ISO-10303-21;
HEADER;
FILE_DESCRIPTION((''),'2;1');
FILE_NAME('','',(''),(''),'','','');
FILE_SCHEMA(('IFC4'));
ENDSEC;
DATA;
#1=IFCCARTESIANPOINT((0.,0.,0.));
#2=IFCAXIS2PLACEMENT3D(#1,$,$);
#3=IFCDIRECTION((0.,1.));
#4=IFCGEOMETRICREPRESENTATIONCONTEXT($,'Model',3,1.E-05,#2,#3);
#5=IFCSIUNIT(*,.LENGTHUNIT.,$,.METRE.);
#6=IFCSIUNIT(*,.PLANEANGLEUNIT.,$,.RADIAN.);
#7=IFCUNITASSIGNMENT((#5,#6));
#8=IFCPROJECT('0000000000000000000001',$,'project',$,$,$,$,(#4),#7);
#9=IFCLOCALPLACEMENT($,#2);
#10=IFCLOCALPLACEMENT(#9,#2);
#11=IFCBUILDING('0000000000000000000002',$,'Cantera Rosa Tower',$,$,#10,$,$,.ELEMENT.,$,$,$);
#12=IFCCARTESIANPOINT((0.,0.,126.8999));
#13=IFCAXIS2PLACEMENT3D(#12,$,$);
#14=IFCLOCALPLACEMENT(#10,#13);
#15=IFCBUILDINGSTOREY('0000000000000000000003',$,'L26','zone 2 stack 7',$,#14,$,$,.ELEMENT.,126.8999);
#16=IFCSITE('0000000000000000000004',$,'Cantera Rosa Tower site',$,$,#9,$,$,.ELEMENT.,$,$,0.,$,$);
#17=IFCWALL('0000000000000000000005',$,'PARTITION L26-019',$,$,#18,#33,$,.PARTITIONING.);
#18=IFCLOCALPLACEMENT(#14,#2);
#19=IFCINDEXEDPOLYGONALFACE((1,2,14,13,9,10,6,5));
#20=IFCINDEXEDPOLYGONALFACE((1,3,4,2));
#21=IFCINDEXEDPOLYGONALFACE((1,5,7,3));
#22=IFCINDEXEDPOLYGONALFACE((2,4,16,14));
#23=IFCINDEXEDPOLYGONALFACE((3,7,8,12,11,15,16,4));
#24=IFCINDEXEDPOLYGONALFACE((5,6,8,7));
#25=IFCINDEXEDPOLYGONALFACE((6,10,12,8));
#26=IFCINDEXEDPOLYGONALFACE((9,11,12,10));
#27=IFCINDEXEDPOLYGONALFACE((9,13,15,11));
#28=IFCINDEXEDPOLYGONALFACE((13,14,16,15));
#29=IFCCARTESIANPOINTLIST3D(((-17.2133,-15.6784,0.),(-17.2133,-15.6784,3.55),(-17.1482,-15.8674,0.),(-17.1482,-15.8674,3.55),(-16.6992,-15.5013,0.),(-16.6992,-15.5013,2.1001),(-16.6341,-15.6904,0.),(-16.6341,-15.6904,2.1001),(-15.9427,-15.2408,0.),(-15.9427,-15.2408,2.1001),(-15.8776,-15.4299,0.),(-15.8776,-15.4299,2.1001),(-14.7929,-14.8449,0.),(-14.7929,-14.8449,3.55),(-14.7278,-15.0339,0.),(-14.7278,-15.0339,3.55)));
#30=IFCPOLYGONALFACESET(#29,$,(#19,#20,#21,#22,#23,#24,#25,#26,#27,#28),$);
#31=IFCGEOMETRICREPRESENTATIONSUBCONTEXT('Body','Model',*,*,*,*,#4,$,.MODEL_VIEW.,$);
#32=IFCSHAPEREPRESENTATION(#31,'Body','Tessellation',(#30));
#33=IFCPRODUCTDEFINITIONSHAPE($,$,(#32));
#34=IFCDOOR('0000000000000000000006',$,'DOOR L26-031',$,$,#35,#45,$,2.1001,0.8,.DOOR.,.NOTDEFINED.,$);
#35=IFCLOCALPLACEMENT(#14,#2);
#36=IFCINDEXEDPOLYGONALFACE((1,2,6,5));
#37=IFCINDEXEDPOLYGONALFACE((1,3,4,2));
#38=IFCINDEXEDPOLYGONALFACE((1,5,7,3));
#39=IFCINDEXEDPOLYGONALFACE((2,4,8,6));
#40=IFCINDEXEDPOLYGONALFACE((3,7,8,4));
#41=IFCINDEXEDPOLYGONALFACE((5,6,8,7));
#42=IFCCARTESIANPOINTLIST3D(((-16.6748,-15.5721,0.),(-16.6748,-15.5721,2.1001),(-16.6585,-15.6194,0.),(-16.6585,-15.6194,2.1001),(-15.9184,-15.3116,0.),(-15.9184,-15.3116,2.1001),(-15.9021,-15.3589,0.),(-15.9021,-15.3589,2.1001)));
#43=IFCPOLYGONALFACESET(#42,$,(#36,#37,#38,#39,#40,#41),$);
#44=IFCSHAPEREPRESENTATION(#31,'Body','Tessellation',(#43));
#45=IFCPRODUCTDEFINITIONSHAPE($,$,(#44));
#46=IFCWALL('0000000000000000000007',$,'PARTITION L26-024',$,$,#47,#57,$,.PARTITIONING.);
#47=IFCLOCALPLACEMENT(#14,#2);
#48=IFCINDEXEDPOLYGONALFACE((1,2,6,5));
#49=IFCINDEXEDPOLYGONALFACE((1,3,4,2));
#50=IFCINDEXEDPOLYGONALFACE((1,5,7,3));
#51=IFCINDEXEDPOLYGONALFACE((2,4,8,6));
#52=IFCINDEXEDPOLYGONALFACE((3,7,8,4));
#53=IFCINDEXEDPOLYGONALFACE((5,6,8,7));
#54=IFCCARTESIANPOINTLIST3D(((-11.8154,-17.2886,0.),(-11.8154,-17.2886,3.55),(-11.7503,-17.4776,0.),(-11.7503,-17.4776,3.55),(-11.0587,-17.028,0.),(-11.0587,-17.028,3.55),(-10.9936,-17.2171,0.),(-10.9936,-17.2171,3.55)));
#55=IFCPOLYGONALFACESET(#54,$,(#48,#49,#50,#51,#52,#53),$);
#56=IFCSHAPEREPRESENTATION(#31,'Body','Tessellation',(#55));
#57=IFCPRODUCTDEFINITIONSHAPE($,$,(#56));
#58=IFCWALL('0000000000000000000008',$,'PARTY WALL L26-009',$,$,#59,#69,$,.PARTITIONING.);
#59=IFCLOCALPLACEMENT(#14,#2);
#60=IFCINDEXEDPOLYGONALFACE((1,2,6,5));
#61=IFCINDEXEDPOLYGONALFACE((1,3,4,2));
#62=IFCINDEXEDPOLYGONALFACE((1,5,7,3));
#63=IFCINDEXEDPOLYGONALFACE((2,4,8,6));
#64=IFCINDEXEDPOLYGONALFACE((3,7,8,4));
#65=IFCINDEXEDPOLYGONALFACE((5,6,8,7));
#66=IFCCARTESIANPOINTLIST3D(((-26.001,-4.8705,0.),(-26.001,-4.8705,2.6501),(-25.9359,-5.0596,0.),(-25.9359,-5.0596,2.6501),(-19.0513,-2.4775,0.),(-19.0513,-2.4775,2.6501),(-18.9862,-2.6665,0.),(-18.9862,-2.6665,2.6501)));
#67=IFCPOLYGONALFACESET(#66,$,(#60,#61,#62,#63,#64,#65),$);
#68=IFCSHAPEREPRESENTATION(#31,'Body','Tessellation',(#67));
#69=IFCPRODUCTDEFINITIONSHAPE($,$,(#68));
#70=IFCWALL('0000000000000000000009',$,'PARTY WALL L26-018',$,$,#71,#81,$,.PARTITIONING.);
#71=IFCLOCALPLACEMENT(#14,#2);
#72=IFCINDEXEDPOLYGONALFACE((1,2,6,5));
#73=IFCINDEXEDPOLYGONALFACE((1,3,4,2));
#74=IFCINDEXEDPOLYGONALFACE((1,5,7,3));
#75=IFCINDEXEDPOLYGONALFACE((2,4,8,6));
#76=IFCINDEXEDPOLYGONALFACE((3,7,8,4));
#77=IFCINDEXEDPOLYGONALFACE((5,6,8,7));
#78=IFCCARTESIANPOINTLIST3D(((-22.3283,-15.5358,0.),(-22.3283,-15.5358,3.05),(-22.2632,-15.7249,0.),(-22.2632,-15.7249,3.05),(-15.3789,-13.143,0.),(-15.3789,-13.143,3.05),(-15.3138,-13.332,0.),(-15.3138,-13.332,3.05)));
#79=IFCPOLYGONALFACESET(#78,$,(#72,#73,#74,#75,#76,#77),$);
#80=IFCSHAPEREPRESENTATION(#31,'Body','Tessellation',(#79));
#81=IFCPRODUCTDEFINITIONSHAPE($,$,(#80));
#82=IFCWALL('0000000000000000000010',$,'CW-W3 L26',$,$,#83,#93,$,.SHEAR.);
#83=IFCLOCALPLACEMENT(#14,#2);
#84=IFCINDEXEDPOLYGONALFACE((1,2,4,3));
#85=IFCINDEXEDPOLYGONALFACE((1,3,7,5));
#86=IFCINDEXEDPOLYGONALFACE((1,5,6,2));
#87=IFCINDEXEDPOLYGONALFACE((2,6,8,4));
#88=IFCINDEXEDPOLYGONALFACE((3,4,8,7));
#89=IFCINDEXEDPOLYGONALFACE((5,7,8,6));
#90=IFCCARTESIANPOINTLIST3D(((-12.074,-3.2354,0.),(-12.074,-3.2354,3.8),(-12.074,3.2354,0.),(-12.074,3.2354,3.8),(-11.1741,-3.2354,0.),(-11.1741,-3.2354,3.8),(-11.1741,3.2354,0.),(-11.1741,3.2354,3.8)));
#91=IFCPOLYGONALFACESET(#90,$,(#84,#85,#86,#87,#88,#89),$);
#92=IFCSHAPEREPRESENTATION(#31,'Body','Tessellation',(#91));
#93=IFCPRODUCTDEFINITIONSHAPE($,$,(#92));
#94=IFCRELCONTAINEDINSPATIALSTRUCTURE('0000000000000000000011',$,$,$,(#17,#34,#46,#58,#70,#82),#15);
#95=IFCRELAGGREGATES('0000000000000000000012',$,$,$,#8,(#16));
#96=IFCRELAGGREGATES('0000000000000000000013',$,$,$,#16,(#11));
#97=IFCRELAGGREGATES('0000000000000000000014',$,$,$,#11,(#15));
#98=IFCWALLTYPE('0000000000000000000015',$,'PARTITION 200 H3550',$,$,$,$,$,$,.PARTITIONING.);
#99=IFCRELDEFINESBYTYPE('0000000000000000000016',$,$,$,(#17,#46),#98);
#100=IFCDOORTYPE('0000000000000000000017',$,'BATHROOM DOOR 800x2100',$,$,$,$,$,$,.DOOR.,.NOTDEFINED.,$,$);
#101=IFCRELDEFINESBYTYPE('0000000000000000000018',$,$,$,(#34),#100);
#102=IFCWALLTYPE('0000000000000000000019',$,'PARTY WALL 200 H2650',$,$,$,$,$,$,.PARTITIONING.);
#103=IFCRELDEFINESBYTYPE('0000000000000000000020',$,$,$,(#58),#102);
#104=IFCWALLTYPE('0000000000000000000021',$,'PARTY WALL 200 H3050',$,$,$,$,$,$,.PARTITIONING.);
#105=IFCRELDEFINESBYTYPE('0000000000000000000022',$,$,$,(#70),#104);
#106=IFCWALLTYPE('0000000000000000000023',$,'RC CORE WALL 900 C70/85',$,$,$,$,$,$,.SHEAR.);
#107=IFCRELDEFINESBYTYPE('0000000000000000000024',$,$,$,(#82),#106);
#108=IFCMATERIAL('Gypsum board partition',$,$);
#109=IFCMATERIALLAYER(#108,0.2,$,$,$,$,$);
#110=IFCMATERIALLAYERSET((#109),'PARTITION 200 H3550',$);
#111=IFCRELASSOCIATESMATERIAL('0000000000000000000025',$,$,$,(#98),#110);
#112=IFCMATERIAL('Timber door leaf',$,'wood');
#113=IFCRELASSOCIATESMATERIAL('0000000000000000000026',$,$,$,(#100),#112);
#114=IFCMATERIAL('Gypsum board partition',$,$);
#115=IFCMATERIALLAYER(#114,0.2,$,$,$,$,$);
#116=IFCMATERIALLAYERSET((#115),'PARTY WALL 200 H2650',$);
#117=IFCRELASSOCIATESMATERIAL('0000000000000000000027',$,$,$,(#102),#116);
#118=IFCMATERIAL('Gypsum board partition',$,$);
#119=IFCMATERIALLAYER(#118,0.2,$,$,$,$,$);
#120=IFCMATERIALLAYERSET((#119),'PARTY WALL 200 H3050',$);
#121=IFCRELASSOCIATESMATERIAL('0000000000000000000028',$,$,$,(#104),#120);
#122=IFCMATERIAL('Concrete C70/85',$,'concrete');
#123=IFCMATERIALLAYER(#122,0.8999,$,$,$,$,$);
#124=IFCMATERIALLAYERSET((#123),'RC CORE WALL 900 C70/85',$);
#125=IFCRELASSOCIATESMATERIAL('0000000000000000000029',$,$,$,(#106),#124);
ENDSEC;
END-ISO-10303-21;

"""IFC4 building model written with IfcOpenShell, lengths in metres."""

from ifc_helpers import new_model, si_unit, direction, frame, frame_2d, origin, place, context, subcontext, project, spatial, rectangle, extrude, material, layer, layer_set, type_object, element, fill, save


model = new_model("IFC4")

# Units and contexts
model_context = context("Model", 3, precision=1e-05, world=origin(), true_north=direction((0.0, 1.0)))
body_context = subcontext(model_context, "Body", "Model", "MODEL_VIEW")
ifc_project = project(units=[si_unit("LENGTHUNIT", "METRE"), si_unit("PLANEANGLEUNIT", "RADIAN")], contexts=[model_context])

# Site, building, storey
site_placement = place(None, origin())
site = spatial("IfcSite", under=ifc_project, at=site_placement, Name="Cantera Rosa Tower site", CompositionType="ELEMENT", RefElevation=0.0)
building_placement = place(site_placement, origin())
building = spatial("IfcBuilding", under=site, at=building_placement, Name="Cantera Rosa Tower", CompositionType="ELEMENT")
storey_placement = place(building_placement, frame((0.0, 0.0, 126.8999)))
storey = spatial("IfcBuildingStorey", under=building, at=storey_placement, Name="L26", Description="zone 2 stack 7", CompositionType="ELEMENT", Elevation=126.8999)

# Shared definitions
ifc_material_1 = material(Name="Gypsum board partition")
ifc_layer_1 = layer(ifc_material_1, 0.2)
ifc_layer_set_1 = layer_set([ifc_layer_1], Name="PARTITION 200 H3550")
wall_type_1 = type_object("IfcWallType", Name="PARTITION 200 H3550", PredefinedType="PARTITIONING", material=ifc_layer_set_1)
ifc_material_2 = material(Name="Timber door leaf", Category="wood")
door_type_1 = type_object("IfcDoorType", Name="BATHROOM DOOR 800x2100", OperationType="NOTDEFINED", PredefinedType="DOOR", material=ifc_material_2)

# Wall, opening, door
wall_1_placement = place(storey_placement, frame((-14.7605, -14.9395, 0.0), z_axis=(0.0, 0.0, 1.0), x_axis=(-0.945509, -0.325597, 0.0)))
wall_1 = element("IfcWall", 1, at=wall_1_placement, inside=storey, type_object=wall_type_1, Name="PARTITION L26-019", PredefinedType="PARTITIONING", context=body_context, shape_type="SweptSolid", body=[
    extrude(rectangle(XDim=2.5598, YDim=0.2, at=frame_2d((1.2798, 0.0))), origin(), (0.0, 0.0, 1.0), 3.55),
])
opening_1_placement = place(wall_1_placement, frame((1.2161, 0.0, 0.0)))
opening_1 = element("IfcOpeningElement", 2, at=opening_1_placement, cuts=wall_1, PredefinedType="OPENING", context=body_context, shape_type="SweptSolid", body=[
    extrude(rectangle(XDim=0.8, YDim=2.1001, at=frame_2d((0.3999, 1.05))), frame((0.0, 0.1099, 0.0), z_axis=(0.0, -1.0, 0.0), x_axis=(1.0, 0.0, 0.0)), (0.0, 0.0, 1.0), 0.22),
])
door_1_placement = place(opening_1_placement, origin())
door_1 = element("IfcDoor", 3, at=door_1_placement, inside=storey, type_object=door_type_1, Name="DOOR L26-031", OperationType="NOTDEFINED", OverallHeight=2.1001, OverallWidth=0.8, PredefinedType="DOOR", context=body_context, shape_type="SweptSolid", body=[
    extrude(rectangle(XDim=0.8, YDim=2.1001, at=frame_2d((0.3999, 1.05))), frame((0.0, 0.0249, 0.0), z_axis=(0.0, -1.0, 0.0), x_axis=(1.0, 0.0, 0.0)), (0.0, 0.0, 1.0), 0.05),
])
fill(opening_1, door_1)

# Walls
wall_2_placement = place(storey_placement, frame((-11.0261, -17.1226, 0.0), z_axis=(0.0, 0.0, 1.0), x_axis=(-0.945525, -0.325549, 0.0)))
element("IfcWall", 4, at=wall_2_placement, inside=storey, type_object=wall_type_1, Name="PARTITION L26-024", PredefinedType="PARTITIONING", context=body_context, shape_type="SweptSolid", body=[
    extrude(rectangle(XDim=0.8003, YDim=0.2, at=frame_2d((0.4001, 0.0))), origin(), (0.0, 0.0, 1.0), 3.55),
])
ifc_material_3 = material(Name="Gypsum board partition")
ifc_layer_2 = layer(ifc_material_3, 0.2)
ifc_layer_set_2 = layer_set([ifc_layer_2], Name="PARTY WALL 200 H2650")
wall_type_2 = type_object("IfcWallType", Name="PARTY WALL 200 H2650", PredefinedType="PARTITIONING", material=ifc_layer_set_2)
wall_3_placement = place(storey_placement, frame((-19.0188, -2.572, 0.0), z_axis=(0.0, 0.0, 1.0), x_axis=(-0.945515, -0.325579, 0.0)))
element("IfcWall", 5, at=wall_3_placement, inside=storey, type_object=wall_type_2, Name="PARTY WALL L26-009", PredefinedType="PARTITIONING", context=body_context, shape_type="SweptSolid", body=[
    extrude(rectangle(XDim=7.3501, YDim=0.2, at=frame_2d((3.675, 0.0))), origin(), (0.0, 0.0, 1.0), 2.6501),
])
ifc_material_4 = material(Name="Gypsum board partition")
ifc_layer_3 = layer(ifc_material_4, 0.2)
ifc_layer_set_3 = layer_set([ifc_layer_3], Name="PARTY WALL 200 H3050")
wall_type_3 = type_object("IfcWallType", Name="PARTY WALL 200 H3050", PredefinedType="PARTITIONING", material=ifc_layer_set_3)
wall_4_placement = place(storey_placement, frame((-15.3464, -13.2375, 0.0), z_axis=(0.0, 0.0, 1.0), x_axis=(-0.945521, -0.32556, 0.0)))
element("IfcWall", 6, at=wall_4_placement, inside=storey, type_object=wall_type_3, Name="PARTY WALL L26-018", PredefinedType="PARTITIONING", context=body_context, shape_type="SweptSolid", body=[
    extrude(rectangle(XDim=7.3499, YDim=0.2, at=frame_2d((3.6748, 0.0))), origin(), (0.0, 0.0, 1.0), 3.05),
])
ifc_material_5 = material(Name="Concrete C70/85", Category="concrete")
ifc_layer_4 = layer(ifc_material_5, 0.8999)
ifc_layer_set_4 = layer_set([ifc_layer_4], Name="RC CORE WALL 900 C70/85")
wall_type_4 = type_object("IfcWallType", Name="RC CORE WALL 900 C70/85", PredefinedType="SHEAR", material=ifc_layer_set_4)
wall_5_placement = place(storey_placement, frame((-11.624, -3.2354, 0.0), z_axis=(0.0, 0.0, 1.0), x_axis=(0.0, 1.0, 0.0)))
element("IfcWall", 7, at=wall_5_placement, inside=storey, type_object=wall_type_4, Name="CW-W3 L26", PredefinedType="SHEAR", context=body_context, shape_type="SweptSolid", body=[
    extrude(rectangle(XDim=6.4707, YDim=0.8999, at=frame_2d((3.2354, 0.0))), origin(), (0.0, 0.0, 1.0), 3.8),
])

save(model, "model.ifc")
